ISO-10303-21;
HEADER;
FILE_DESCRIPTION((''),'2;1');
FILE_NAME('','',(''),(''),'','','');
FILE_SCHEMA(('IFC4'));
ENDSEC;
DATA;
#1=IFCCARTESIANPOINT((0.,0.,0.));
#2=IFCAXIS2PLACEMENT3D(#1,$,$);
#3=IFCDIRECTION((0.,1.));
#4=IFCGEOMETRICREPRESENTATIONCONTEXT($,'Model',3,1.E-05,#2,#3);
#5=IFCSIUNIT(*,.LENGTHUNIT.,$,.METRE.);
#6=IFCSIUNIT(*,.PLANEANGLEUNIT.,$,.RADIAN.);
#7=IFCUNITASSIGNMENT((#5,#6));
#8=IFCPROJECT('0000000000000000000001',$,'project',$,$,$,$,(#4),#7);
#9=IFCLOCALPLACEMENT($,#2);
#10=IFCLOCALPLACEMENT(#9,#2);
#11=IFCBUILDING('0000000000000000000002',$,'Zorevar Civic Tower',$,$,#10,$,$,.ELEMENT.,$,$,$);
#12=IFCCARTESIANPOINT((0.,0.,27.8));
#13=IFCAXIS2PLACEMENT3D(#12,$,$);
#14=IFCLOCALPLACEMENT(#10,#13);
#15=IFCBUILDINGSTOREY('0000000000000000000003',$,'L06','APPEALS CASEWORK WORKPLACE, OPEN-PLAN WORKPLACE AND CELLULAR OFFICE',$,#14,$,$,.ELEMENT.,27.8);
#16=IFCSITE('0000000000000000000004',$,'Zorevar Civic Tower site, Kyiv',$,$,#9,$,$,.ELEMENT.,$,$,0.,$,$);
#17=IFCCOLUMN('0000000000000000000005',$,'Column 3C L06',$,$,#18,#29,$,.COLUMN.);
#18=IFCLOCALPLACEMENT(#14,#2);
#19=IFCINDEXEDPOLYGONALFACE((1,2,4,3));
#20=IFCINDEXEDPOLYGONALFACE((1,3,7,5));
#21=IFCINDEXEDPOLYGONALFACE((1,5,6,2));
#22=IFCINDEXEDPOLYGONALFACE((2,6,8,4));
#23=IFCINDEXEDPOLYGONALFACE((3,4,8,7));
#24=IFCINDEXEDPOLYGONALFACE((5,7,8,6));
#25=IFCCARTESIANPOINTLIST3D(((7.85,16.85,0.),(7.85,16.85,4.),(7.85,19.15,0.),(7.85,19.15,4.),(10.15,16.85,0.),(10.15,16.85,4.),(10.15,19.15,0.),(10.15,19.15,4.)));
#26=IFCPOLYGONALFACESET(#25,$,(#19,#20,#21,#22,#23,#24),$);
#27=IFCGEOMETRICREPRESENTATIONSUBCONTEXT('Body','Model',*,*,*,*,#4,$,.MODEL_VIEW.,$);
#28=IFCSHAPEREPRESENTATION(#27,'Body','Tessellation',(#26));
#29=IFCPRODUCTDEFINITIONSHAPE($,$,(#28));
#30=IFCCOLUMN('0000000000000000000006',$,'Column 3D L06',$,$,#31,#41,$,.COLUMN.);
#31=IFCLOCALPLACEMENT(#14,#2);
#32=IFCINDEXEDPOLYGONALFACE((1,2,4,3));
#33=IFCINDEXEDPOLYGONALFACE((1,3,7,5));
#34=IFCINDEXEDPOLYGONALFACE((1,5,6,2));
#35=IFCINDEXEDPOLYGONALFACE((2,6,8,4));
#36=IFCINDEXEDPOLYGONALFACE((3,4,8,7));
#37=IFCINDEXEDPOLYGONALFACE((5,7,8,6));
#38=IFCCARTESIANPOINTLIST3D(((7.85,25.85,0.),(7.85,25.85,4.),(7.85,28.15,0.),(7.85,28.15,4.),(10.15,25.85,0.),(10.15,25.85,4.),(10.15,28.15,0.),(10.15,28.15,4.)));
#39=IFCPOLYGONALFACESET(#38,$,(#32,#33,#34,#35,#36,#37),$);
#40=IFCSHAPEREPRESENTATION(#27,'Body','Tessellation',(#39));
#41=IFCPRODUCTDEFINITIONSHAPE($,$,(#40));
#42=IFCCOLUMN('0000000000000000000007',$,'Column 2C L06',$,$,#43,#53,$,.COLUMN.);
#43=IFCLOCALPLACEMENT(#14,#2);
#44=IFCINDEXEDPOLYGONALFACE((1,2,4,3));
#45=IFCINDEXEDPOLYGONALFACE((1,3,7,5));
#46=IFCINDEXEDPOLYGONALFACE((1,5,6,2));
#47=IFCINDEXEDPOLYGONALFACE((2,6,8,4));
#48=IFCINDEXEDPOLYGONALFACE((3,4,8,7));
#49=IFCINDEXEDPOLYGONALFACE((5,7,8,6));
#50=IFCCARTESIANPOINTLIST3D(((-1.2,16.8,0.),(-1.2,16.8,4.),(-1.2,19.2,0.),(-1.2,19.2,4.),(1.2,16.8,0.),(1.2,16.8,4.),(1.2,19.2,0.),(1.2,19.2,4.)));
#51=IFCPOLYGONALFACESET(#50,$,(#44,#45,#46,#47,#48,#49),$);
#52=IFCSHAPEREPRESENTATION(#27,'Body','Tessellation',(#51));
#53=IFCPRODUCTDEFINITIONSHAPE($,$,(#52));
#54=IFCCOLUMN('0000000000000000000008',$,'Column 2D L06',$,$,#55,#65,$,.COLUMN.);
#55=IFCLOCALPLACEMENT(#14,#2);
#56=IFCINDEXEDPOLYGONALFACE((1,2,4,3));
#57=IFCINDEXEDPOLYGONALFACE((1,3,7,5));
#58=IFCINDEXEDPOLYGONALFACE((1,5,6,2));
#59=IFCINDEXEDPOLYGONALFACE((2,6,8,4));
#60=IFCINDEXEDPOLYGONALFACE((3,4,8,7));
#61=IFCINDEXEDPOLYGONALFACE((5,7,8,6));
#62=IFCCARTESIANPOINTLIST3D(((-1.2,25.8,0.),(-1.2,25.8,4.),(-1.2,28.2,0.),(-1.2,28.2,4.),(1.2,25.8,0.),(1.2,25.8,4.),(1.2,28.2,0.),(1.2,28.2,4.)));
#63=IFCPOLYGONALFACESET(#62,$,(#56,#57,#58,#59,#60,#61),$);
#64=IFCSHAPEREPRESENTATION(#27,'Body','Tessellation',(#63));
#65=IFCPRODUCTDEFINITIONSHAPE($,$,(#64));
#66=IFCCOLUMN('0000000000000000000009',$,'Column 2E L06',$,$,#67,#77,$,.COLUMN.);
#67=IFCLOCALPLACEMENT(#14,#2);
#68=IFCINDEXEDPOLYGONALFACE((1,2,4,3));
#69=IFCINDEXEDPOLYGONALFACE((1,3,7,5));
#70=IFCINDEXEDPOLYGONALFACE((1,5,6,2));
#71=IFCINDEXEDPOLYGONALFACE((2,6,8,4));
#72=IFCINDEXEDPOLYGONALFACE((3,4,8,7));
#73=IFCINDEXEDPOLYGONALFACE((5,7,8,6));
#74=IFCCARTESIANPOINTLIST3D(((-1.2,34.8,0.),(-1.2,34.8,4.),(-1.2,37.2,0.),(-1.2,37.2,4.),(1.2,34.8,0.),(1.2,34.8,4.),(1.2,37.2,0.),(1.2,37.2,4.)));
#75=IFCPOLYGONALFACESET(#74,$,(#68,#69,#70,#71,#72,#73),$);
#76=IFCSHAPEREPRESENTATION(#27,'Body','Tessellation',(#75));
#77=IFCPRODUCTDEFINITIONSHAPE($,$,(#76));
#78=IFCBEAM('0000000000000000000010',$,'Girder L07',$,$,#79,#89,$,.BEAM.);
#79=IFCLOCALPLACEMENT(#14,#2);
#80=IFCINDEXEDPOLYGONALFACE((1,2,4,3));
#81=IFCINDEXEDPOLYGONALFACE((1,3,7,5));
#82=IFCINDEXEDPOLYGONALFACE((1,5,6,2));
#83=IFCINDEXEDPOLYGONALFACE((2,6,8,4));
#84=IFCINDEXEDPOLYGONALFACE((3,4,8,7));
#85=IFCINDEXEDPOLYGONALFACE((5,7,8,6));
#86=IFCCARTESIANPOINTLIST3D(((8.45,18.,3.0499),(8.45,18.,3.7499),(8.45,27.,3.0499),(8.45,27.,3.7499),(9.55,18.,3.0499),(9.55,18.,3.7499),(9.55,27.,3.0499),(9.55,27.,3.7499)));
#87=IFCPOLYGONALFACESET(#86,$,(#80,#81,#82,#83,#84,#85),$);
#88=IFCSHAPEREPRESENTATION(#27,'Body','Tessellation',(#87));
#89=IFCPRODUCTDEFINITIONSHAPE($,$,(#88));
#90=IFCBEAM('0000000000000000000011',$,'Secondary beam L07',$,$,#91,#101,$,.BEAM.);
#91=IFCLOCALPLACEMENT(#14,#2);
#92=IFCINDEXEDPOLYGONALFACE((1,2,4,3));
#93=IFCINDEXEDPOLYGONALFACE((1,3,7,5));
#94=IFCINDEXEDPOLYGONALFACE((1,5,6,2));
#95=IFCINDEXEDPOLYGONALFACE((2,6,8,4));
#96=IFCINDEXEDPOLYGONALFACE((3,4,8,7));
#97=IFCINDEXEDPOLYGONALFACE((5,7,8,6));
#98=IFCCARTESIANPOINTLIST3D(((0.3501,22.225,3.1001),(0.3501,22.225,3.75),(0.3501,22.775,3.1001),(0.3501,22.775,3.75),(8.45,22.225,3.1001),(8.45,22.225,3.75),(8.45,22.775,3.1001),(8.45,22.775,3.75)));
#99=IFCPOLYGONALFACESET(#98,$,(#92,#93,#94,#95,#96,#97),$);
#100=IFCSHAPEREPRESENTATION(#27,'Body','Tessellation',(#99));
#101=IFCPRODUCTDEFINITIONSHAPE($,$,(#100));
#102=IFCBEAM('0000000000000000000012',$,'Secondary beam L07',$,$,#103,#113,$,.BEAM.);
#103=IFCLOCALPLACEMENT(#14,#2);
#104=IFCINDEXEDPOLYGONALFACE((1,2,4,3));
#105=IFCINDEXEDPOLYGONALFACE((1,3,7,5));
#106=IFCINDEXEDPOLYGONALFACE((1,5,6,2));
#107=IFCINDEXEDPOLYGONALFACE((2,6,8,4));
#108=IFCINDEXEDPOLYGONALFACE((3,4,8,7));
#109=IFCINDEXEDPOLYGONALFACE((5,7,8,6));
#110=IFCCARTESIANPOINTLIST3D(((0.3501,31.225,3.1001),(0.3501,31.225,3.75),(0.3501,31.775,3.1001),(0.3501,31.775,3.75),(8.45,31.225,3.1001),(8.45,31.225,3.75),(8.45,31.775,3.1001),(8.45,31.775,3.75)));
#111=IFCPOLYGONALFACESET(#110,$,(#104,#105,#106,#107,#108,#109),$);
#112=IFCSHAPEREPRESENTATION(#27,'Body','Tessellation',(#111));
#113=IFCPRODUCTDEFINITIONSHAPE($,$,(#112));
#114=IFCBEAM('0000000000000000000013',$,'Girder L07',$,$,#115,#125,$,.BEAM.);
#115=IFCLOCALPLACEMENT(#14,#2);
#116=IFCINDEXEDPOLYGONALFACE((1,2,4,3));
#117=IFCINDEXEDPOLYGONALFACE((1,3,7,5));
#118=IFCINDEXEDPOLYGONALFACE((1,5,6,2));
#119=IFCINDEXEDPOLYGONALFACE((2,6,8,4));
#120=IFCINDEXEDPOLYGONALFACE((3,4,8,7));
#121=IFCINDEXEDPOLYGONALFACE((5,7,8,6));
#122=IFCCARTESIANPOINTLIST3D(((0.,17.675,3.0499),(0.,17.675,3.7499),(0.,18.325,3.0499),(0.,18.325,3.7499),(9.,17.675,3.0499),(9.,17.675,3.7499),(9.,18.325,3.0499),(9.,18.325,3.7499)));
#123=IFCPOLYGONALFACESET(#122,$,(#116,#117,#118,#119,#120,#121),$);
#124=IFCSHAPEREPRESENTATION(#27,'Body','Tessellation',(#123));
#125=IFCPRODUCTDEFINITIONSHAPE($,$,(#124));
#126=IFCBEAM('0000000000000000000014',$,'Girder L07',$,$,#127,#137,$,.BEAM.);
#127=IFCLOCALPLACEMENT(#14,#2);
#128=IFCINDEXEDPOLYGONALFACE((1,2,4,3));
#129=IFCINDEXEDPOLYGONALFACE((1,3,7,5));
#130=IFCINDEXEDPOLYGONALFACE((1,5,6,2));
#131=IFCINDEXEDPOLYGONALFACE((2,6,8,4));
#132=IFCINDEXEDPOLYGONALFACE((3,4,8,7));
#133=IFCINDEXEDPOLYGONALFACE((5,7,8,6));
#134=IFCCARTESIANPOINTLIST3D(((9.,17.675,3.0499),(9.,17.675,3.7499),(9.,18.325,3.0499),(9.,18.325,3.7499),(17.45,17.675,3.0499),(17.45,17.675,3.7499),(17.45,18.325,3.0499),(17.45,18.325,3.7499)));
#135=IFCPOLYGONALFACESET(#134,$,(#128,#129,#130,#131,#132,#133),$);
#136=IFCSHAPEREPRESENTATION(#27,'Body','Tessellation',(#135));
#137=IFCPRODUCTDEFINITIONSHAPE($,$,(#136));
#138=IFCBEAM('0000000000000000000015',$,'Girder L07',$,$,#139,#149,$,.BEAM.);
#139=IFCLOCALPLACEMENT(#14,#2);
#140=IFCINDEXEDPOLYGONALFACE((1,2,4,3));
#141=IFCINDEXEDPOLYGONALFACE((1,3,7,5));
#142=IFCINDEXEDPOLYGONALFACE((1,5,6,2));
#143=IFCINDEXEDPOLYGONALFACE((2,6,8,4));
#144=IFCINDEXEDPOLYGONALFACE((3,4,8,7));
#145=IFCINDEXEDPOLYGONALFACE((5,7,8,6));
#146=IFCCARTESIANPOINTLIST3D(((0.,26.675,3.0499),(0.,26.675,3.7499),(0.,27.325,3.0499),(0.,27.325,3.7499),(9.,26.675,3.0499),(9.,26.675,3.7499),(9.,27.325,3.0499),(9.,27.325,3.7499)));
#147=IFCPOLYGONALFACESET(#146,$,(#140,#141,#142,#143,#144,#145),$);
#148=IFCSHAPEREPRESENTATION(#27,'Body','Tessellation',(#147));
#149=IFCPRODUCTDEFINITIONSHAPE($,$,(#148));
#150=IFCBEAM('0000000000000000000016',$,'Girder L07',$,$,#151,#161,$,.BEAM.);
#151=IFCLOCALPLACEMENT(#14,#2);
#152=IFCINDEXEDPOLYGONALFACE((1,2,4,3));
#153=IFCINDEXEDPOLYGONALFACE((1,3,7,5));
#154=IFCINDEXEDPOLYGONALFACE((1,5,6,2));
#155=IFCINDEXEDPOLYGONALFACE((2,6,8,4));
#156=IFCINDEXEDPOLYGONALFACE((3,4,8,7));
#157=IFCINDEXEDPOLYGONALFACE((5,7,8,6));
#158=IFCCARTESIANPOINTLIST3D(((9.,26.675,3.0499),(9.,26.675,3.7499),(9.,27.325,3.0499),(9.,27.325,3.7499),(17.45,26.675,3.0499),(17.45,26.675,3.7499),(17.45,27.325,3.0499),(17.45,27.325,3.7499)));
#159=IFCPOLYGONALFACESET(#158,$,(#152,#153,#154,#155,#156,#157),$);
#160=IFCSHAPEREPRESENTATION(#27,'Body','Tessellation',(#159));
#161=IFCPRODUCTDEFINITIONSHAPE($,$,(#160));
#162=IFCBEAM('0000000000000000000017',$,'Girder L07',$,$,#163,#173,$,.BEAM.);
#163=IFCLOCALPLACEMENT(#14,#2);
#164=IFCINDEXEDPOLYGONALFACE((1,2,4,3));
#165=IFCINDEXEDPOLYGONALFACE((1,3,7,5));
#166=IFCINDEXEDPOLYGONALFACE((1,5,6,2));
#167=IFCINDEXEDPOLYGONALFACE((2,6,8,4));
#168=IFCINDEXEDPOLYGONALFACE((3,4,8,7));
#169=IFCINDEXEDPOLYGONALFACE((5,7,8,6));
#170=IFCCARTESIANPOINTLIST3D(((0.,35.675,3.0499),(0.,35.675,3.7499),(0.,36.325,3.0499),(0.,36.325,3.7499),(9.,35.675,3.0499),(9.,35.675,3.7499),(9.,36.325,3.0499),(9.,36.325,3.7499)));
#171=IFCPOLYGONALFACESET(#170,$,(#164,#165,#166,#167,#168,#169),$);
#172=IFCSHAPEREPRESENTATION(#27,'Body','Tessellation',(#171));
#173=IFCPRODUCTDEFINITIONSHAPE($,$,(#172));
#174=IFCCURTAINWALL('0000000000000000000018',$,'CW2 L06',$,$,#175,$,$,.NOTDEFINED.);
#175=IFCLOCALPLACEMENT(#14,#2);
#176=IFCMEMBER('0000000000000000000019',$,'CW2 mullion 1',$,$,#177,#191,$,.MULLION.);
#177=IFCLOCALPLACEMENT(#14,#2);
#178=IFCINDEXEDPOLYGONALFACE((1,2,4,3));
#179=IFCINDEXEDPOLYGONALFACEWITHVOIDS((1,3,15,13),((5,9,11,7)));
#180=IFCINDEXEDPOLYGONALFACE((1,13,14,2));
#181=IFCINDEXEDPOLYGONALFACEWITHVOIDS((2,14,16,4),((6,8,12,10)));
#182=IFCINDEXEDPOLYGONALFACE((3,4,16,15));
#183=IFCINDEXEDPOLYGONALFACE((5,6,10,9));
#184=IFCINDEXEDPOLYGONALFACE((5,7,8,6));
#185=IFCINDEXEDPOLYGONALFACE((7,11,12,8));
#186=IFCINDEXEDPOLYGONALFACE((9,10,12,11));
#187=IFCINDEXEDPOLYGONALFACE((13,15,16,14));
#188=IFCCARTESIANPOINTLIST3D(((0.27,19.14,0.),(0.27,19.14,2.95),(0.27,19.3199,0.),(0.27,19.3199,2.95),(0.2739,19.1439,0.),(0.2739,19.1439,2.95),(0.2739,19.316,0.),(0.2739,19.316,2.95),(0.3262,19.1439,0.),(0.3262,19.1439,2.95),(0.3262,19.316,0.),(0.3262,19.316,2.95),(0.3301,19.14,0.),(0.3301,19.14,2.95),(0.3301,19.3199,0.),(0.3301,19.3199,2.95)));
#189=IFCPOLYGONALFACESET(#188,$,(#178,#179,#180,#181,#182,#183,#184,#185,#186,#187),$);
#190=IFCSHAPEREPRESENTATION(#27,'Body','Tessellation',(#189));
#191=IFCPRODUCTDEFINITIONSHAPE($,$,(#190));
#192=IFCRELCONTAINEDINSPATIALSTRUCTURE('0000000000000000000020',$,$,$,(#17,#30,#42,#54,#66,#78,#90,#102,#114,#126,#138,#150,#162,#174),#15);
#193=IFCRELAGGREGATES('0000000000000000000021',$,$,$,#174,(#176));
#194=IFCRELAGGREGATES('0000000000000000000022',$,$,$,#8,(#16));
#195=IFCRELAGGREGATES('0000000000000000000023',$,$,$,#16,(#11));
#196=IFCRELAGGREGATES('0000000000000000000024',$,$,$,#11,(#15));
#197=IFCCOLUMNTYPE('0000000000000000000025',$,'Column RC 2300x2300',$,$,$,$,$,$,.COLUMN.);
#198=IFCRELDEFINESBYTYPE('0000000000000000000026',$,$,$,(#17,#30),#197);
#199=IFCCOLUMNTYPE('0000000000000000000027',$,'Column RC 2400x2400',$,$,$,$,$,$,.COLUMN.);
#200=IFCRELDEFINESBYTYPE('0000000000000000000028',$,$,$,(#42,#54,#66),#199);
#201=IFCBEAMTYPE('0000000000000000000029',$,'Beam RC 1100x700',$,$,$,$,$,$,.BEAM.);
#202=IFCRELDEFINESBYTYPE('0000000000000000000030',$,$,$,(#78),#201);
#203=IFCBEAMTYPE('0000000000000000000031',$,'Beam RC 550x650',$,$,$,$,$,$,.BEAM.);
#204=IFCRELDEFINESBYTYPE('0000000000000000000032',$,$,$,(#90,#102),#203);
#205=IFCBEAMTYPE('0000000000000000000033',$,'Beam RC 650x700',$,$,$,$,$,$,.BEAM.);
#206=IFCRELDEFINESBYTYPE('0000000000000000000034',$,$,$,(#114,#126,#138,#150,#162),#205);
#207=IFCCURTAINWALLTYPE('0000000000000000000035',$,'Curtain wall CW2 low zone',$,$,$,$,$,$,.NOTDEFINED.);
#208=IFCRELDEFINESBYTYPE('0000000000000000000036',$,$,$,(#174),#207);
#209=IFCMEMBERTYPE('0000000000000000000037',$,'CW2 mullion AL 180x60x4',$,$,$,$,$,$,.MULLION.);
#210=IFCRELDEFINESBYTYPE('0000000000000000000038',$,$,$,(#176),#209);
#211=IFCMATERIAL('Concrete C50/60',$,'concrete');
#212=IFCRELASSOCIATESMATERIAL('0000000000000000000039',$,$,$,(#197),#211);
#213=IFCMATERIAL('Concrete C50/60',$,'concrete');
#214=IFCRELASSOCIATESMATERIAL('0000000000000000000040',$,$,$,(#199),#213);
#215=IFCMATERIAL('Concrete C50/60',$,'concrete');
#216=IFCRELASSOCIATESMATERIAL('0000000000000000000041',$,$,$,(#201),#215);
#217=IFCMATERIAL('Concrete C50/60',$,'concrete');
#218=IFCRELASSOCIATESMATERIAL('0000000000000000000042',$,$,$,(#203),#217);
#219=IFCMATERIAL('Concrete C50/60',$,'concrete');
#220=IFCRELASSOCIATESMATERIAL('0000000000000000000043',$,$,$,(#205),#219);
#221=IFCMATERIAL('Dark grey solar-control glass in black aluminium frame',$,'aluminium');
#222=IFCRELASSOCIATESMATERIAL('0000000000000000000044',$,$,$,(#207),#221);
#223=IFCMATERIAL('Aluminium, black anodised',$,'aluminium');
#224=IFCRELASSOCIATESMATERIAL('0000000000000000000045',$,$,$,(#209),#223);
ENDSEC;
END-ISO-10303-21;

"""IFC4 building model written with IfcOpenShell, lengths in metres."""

from ifc_helpers import new_model, si_unit, direction, frame, origin, origin_2d, place, context, subcontext, project, spatial, rectangle, hollow_rectangle, extrude, material, material_profile, profile_set, type_object, element, aggregate, save


model = new_model("IFC4")

# Units and contexts
model_context = context("Model", 3, precision=1e-05, world=origin(), true_north=direction((0.0, 1.0)))
body_context = subcontext(model_context, "Body", "Model", "MODEL_VIEW")
ifc_project = project(units=[si_unit("LENGTHUNIT", "METRE"), si_unit("PLANEANGLEUNIT", "RADIAN")], contexts=[model_context])

# Site, building, storey
site_placement = place(None, origin())
site = spatial("IfcSite", under=ifc_project, at=site_placement, Name="Zorevar Civic Tower site, Kyiv", CompositionType="ELEMENT", RefElevation=0.0)
building_placement = place(site_placement, origin())
building = spatial("IfcBuilding", under=site, at=building_placement, Name="Zorevar Civic Tower", CompositionType="ELEMENT")
storey_placement = place(building_placement, frame((0.0, 0.0, 27.8)))
storey = spatial("IfcBuildingStorey", under=building, at=storey_placement, Name="L06", Description="APPEALS CASEWORK WORKPLACE, OPEN-PLAN WORKPLACE AND CELLULAR OFFICE", CompositionType="ELEMENT", Elevation=27.8)

# Columns
ifc_material_1 = material(Name="Concrete C50/60", Category="concrete")
ifc_material_profile_1 = material_profile(ifc_material_1, rectangle(XDim=2.3, YDim=2.3, at=origin_2d()), Name="RC 2300x2300")
ifc_profile_set_1 = profile_set([ifc_material_profile_1], Name="Concrete C50/60")
column_type_1 = type_object("IfcColumnType", Name="Column RC 2300x2300", PredefinedType="COLUMN", material=ifc_profile_set_1)
for number, where, z_axis, x_axis, name in (
    (1, (9.0, 18.0, 0.0), (0.0, 0.0, 1.0), (1.0, 0.0, 0.0), "Column 3C L06"),
    (2, (9.0, 27.0, 0.0), (0.0, 0.0, 1.0), (1.0, 0.0, 0.0), "Column 3D L06"),
):
    element("IfcColumn", number, at=place(storey_placement, frame(where, z_axis=z_axis, x_axis=x_axis)), inside=storey, type_object=column_type_1, Name=name, PredefinedType="COLUMN", context=body_context, shape_type="SweptSolid", body=[
        extrude(rectangle(XDim=2.3, YDim=2.3, at=origin_2d()), origin(), (0.0, 0.0, 1.0), 4.0),
    ])
ifc_material_2 = material(Name="Concrete C50/60", Category="concrete")
ifc_material_profile_2 = material_profile(ifc_material_2, rectangle(XDim=2.3999, YDim=2.3999, at=origin_2d()), Name="RC 2400x2400")
ifc_profile_set_2 = profile_set([ifc_material_profile_2], Name="Concrete C50/60")
column_type_2 = type_object("IfcColumnType", Name="Column RC 2400x2400", PredefinedType="COLUMN", material=ifc_profile_set_2)
for number, where, z_axis, x_axis, name in (
    (3, (0.0, 18.0, 0.0), (0.0, 0.0, 1.0), (1.0, 0.0, 0.0), "Column 2C L06"),
    (4, (0.0, 27.0, 0.0), (0.0, 0.0, 1.0), (1.0, 0.0, 0.0), "Column 2D L06"),
    (5, (0.0, 36.0, 0.0), (0.0, 0.0, 1.0), (1.0, 0.0, 0.0), "Column 2E L06"),
):
    element("IfcColumn", number, at=place(storey_placement, frame(where, z_axis=z_axis, x_axis=x_axis)), inside=storey, type_object=column_type_2, Name=name, PredefinedType="COLUMN", context=body_context, shape_type="SweptSolid", body=[
        extrude(rectangle(XDim=2.3999, YDim=2.3999, at=origin_2d()), origin(), (0.0, 0.0, 1.0), 4.0),
    ])

# Beams
ifc_material_3 = material(Name="Concrete C50/60", Category="concrete")
ifc_material_profile_3 = material_profile(ifc_material_3, rectangle(XDim=1.1001, YDim=0.7, at=origin_2d()), Name="RC 1100x700")
ifc_profile_set_3 = profile_set([ifc_material_profile_3], Name="Concrete C50/60")
beam_type_1 = type_object("IfcBeamType", Name="Beam RC 1100x700", PredefinedType="BEAM", material=ifc_profile_set_3)
beam_1_placement = place(storey_placement, frame((9.0, 18.0, 3.3999), z_axis=(0.0, 1.0, 0.0), x_axis=(-1.0, 0.0, 0.0)))
element("IfcBeam", 6, at=beam_1_placement, inside=storey, type_object=beam_type_1, Name="Girder L07", PredefinedType="BEAM", context=body_context, shape_type="SweptSolid", body=[
    extrude(rectangle(XDim=1.1001, YDim=0.7, at=origin_2d()), origin(), (0.0, 0.0, 1.0), 9.0),
])
ifc_material_4 = material(Name="Concrete C50/60", Category="concrete")
ifc_material_profile_4 = material_profile(ifc_material_4, rectangle(XDim=0.55, YDim=0.6499, at=origin_2d()), Name="RC 550x650")
ifc_profile_set_4 = profile_set([ifc_material_profile_4], Name="Concrete C50/60")
beam_type_2 = type_object("IfcBeamType", Name="Beam RC 550x650", PredefinedType="BEAM", material=ifc_profile_set_4)
for number, where, z_axis, x_axis, name in (
    (7, (0.3501, 22.5, 3.425), (1.0, 0.0, 0.0), (0.0, 1.0, 0.0), "Secondary beam L07"),
    (8, (0.3501, 31.5, 3.425), (1.0, 0.0, 0.0), (0.0, 1.0, 0.0), "Secondary beam L07"),
):
    element("IfcBeam", number, at=place(storey_placement, frame(where, z_axis=z_axis, x_axis=x_axis)), inside=storey, type_object=beam_type_2, Name=name, PredefinedType="BEAM", context=body_context, shape_type="SweptSolid", body=[
        extrude(rectangle(XDim=0.55, YDim=0.6499, at=origin_2d()), origin(), (0.0, 0.0, 1.0), 8.0999),
    ])
ifc_material_5 = material(Name="Concrete C50/60", Category="concrete")
ifc_material_profile_5 = material_profile(ifc_material_5, rectangle(XDim=0.6499, YDim=0.7, at=origin_2d()), Name="RC 650x700")
ifc_profile_set_5 = profile_set([ifc_material_profile_5], Name="Concrete C50/60")
beam_type_3 = type_object("IfcBeamType", Name="Beam RC 650x700", PredefinedType="BEAM", material=ifc_profile_set_5)
beam_2_placement = place(storey_placement, frame((0.0, 18.0, 3.3999), z_axis=(1.0, 0.0, 0.0), x_axis=(0.0, 1.0, 0.0)))
element("IfcBeam", 9, at=beam_2_placement, inside=storey, type_object=beam_type_3, Name="Girder L07", PredefinedType="BEAM", context=body_context, shape_type="SweptSolid", body=[
    extrude(rectangle(XDim=0.6499, YDim=0.7, at=origin_2d()), origin(), (0.0, 0.0, 1.0), 9.0),
])
beam_3_placement = place(storey_placement, frame((9.0, 18.0, 3.3999), z_axis=(1.0, 0.0, 0.0), x_axis=(0.0, 1.0, 0.0)))
element("IfcBeam", 10, at=beam_3_placement, inside=storey, type_object=beam_type_3, Name="Girder L07", PredefinedType="BEAM", context=body_context, shape_type="SweptSolid", body=[
    extrude(rectangle(XDim=0.6499, YDim=0.7, at=origin_2d()), origin(), (0.0, 0.0, 1.0), 8.45),
])
beam_4_placement = place(storey_placement, frame((0.0, 27.0, 3.3999), z_axis=(1.0, 0.0, 0.0), x_axis=(0.0, 1.0, 0.0)))
element("IfcBeam", 11, at=beam_4_placement, inside=storey, type_object=beam_type_3, Name="Girder L07", PredefinedType="BEAM", context=body_context, shape_type="SweptSolid", body=[
    extrude(rectangle(XDim=0.6499, YDim=0.7, at=origin_2d()), origin(), (0.0, 0.0, 1.0), 9.0),
])
beam_5_placement = place(storey_placement, frame((9.0, 27.0, 3.3999), z_axis=(1.0, 0.0, 0.0), x_axis=(0.0, 1.0, 0.0)))
element("IfcBeam", 12, at=beam_5_placement, inside=storey, type_object=beam_type_3, Name="Girder L07", PredefinedType="BEAM", context=body_context, shape_type="SweptSolid", body=[
    extrude(rectangle(XDim=0.6499, YDim=0.7, at=origin_2d()), origin(), (0.0, 0.0, 1.0), 8.45),
])
beam_6_placement = place(storey_placement, frame((0.0, 36.0, 3.3999), z_axis=(1.0, 0.0, 0.0), x_axis=(0.0, 1.0, 0.0)))
element("IfcBeam", 13, at=beam_6_placement, inside=storey, type_object=beam_type_3, Name="Girder L07", PredefinedType="BEAM", context=body_context, shape_type="SweptSolid", body=[
    extrude(rectangle(XDim=0.6499, YDim=0.7, at=origin_2d()), origin(), (0.0, 0.0, 1.0), 9.0),
])

# Curtain wall, member
ifc_material_6 = material(Name="Dark grey solar-control glass in black aluminium frame", Category="aluminium")
curtain_wall_type = type_object("IfcCurtainWallType", Name="Curtain wall CW2 low zone", PredefinedType="NOTDEFINED", material=ifc_material_6)
curtain_wall_1_placement = place(storey_placement, origin())
curtain_wall_1 = element("IfcCurtainWall", 14, at=curtain_wall_1_placement, inside=storey, type_object=curtain_wall_type, Name="CW2 L06", PredefinedType="NOTDEFINED")
ifc_material_7 = material(Name="Aluminium, black anodised", Category="aluminium")
ifc_material_profile_6 = material_profile(ifc_material_7, hollow_rectangle(XDim=0.0601, YDim=0.1799, WallThickness=0.0039, at=origin_2d()), Name="AL 180x60x4")
ifc_profile_set_6 = profile_set([ifc_material_profile_6], Name="Aluminium, black anodised")
member_type_1 = type_object("IfcMemberType", Name="CW2 mullion AL 180x60x4", PredefinedType="MULLION", material=ifc_profile_set_6)
member_1_placement = place(storey_placement, frame((0.3, 19.23, 0.0), z_axis=(0.0, 0.0, 1.0), x_axis=(-1.0, 0.0, 0.0)))
member_1 = element("IfcMember", 15, at=member_1_placement, type_object=member_type_1, Name="CW2 mullion 1", PredefinedType="MULLION", context=body_context, shape_type="SweptSolid", body=[
    extrude(hollow_rectangle(XDim=0.0601, YDim=0.1799, WallThickness=0.0039, at=origin_2d()), origin(), (0.0, 0.0, 1.0), 2.95),
])

aggregate(curtain_wall_1, [member_1])

save(model, "model.ifc")
